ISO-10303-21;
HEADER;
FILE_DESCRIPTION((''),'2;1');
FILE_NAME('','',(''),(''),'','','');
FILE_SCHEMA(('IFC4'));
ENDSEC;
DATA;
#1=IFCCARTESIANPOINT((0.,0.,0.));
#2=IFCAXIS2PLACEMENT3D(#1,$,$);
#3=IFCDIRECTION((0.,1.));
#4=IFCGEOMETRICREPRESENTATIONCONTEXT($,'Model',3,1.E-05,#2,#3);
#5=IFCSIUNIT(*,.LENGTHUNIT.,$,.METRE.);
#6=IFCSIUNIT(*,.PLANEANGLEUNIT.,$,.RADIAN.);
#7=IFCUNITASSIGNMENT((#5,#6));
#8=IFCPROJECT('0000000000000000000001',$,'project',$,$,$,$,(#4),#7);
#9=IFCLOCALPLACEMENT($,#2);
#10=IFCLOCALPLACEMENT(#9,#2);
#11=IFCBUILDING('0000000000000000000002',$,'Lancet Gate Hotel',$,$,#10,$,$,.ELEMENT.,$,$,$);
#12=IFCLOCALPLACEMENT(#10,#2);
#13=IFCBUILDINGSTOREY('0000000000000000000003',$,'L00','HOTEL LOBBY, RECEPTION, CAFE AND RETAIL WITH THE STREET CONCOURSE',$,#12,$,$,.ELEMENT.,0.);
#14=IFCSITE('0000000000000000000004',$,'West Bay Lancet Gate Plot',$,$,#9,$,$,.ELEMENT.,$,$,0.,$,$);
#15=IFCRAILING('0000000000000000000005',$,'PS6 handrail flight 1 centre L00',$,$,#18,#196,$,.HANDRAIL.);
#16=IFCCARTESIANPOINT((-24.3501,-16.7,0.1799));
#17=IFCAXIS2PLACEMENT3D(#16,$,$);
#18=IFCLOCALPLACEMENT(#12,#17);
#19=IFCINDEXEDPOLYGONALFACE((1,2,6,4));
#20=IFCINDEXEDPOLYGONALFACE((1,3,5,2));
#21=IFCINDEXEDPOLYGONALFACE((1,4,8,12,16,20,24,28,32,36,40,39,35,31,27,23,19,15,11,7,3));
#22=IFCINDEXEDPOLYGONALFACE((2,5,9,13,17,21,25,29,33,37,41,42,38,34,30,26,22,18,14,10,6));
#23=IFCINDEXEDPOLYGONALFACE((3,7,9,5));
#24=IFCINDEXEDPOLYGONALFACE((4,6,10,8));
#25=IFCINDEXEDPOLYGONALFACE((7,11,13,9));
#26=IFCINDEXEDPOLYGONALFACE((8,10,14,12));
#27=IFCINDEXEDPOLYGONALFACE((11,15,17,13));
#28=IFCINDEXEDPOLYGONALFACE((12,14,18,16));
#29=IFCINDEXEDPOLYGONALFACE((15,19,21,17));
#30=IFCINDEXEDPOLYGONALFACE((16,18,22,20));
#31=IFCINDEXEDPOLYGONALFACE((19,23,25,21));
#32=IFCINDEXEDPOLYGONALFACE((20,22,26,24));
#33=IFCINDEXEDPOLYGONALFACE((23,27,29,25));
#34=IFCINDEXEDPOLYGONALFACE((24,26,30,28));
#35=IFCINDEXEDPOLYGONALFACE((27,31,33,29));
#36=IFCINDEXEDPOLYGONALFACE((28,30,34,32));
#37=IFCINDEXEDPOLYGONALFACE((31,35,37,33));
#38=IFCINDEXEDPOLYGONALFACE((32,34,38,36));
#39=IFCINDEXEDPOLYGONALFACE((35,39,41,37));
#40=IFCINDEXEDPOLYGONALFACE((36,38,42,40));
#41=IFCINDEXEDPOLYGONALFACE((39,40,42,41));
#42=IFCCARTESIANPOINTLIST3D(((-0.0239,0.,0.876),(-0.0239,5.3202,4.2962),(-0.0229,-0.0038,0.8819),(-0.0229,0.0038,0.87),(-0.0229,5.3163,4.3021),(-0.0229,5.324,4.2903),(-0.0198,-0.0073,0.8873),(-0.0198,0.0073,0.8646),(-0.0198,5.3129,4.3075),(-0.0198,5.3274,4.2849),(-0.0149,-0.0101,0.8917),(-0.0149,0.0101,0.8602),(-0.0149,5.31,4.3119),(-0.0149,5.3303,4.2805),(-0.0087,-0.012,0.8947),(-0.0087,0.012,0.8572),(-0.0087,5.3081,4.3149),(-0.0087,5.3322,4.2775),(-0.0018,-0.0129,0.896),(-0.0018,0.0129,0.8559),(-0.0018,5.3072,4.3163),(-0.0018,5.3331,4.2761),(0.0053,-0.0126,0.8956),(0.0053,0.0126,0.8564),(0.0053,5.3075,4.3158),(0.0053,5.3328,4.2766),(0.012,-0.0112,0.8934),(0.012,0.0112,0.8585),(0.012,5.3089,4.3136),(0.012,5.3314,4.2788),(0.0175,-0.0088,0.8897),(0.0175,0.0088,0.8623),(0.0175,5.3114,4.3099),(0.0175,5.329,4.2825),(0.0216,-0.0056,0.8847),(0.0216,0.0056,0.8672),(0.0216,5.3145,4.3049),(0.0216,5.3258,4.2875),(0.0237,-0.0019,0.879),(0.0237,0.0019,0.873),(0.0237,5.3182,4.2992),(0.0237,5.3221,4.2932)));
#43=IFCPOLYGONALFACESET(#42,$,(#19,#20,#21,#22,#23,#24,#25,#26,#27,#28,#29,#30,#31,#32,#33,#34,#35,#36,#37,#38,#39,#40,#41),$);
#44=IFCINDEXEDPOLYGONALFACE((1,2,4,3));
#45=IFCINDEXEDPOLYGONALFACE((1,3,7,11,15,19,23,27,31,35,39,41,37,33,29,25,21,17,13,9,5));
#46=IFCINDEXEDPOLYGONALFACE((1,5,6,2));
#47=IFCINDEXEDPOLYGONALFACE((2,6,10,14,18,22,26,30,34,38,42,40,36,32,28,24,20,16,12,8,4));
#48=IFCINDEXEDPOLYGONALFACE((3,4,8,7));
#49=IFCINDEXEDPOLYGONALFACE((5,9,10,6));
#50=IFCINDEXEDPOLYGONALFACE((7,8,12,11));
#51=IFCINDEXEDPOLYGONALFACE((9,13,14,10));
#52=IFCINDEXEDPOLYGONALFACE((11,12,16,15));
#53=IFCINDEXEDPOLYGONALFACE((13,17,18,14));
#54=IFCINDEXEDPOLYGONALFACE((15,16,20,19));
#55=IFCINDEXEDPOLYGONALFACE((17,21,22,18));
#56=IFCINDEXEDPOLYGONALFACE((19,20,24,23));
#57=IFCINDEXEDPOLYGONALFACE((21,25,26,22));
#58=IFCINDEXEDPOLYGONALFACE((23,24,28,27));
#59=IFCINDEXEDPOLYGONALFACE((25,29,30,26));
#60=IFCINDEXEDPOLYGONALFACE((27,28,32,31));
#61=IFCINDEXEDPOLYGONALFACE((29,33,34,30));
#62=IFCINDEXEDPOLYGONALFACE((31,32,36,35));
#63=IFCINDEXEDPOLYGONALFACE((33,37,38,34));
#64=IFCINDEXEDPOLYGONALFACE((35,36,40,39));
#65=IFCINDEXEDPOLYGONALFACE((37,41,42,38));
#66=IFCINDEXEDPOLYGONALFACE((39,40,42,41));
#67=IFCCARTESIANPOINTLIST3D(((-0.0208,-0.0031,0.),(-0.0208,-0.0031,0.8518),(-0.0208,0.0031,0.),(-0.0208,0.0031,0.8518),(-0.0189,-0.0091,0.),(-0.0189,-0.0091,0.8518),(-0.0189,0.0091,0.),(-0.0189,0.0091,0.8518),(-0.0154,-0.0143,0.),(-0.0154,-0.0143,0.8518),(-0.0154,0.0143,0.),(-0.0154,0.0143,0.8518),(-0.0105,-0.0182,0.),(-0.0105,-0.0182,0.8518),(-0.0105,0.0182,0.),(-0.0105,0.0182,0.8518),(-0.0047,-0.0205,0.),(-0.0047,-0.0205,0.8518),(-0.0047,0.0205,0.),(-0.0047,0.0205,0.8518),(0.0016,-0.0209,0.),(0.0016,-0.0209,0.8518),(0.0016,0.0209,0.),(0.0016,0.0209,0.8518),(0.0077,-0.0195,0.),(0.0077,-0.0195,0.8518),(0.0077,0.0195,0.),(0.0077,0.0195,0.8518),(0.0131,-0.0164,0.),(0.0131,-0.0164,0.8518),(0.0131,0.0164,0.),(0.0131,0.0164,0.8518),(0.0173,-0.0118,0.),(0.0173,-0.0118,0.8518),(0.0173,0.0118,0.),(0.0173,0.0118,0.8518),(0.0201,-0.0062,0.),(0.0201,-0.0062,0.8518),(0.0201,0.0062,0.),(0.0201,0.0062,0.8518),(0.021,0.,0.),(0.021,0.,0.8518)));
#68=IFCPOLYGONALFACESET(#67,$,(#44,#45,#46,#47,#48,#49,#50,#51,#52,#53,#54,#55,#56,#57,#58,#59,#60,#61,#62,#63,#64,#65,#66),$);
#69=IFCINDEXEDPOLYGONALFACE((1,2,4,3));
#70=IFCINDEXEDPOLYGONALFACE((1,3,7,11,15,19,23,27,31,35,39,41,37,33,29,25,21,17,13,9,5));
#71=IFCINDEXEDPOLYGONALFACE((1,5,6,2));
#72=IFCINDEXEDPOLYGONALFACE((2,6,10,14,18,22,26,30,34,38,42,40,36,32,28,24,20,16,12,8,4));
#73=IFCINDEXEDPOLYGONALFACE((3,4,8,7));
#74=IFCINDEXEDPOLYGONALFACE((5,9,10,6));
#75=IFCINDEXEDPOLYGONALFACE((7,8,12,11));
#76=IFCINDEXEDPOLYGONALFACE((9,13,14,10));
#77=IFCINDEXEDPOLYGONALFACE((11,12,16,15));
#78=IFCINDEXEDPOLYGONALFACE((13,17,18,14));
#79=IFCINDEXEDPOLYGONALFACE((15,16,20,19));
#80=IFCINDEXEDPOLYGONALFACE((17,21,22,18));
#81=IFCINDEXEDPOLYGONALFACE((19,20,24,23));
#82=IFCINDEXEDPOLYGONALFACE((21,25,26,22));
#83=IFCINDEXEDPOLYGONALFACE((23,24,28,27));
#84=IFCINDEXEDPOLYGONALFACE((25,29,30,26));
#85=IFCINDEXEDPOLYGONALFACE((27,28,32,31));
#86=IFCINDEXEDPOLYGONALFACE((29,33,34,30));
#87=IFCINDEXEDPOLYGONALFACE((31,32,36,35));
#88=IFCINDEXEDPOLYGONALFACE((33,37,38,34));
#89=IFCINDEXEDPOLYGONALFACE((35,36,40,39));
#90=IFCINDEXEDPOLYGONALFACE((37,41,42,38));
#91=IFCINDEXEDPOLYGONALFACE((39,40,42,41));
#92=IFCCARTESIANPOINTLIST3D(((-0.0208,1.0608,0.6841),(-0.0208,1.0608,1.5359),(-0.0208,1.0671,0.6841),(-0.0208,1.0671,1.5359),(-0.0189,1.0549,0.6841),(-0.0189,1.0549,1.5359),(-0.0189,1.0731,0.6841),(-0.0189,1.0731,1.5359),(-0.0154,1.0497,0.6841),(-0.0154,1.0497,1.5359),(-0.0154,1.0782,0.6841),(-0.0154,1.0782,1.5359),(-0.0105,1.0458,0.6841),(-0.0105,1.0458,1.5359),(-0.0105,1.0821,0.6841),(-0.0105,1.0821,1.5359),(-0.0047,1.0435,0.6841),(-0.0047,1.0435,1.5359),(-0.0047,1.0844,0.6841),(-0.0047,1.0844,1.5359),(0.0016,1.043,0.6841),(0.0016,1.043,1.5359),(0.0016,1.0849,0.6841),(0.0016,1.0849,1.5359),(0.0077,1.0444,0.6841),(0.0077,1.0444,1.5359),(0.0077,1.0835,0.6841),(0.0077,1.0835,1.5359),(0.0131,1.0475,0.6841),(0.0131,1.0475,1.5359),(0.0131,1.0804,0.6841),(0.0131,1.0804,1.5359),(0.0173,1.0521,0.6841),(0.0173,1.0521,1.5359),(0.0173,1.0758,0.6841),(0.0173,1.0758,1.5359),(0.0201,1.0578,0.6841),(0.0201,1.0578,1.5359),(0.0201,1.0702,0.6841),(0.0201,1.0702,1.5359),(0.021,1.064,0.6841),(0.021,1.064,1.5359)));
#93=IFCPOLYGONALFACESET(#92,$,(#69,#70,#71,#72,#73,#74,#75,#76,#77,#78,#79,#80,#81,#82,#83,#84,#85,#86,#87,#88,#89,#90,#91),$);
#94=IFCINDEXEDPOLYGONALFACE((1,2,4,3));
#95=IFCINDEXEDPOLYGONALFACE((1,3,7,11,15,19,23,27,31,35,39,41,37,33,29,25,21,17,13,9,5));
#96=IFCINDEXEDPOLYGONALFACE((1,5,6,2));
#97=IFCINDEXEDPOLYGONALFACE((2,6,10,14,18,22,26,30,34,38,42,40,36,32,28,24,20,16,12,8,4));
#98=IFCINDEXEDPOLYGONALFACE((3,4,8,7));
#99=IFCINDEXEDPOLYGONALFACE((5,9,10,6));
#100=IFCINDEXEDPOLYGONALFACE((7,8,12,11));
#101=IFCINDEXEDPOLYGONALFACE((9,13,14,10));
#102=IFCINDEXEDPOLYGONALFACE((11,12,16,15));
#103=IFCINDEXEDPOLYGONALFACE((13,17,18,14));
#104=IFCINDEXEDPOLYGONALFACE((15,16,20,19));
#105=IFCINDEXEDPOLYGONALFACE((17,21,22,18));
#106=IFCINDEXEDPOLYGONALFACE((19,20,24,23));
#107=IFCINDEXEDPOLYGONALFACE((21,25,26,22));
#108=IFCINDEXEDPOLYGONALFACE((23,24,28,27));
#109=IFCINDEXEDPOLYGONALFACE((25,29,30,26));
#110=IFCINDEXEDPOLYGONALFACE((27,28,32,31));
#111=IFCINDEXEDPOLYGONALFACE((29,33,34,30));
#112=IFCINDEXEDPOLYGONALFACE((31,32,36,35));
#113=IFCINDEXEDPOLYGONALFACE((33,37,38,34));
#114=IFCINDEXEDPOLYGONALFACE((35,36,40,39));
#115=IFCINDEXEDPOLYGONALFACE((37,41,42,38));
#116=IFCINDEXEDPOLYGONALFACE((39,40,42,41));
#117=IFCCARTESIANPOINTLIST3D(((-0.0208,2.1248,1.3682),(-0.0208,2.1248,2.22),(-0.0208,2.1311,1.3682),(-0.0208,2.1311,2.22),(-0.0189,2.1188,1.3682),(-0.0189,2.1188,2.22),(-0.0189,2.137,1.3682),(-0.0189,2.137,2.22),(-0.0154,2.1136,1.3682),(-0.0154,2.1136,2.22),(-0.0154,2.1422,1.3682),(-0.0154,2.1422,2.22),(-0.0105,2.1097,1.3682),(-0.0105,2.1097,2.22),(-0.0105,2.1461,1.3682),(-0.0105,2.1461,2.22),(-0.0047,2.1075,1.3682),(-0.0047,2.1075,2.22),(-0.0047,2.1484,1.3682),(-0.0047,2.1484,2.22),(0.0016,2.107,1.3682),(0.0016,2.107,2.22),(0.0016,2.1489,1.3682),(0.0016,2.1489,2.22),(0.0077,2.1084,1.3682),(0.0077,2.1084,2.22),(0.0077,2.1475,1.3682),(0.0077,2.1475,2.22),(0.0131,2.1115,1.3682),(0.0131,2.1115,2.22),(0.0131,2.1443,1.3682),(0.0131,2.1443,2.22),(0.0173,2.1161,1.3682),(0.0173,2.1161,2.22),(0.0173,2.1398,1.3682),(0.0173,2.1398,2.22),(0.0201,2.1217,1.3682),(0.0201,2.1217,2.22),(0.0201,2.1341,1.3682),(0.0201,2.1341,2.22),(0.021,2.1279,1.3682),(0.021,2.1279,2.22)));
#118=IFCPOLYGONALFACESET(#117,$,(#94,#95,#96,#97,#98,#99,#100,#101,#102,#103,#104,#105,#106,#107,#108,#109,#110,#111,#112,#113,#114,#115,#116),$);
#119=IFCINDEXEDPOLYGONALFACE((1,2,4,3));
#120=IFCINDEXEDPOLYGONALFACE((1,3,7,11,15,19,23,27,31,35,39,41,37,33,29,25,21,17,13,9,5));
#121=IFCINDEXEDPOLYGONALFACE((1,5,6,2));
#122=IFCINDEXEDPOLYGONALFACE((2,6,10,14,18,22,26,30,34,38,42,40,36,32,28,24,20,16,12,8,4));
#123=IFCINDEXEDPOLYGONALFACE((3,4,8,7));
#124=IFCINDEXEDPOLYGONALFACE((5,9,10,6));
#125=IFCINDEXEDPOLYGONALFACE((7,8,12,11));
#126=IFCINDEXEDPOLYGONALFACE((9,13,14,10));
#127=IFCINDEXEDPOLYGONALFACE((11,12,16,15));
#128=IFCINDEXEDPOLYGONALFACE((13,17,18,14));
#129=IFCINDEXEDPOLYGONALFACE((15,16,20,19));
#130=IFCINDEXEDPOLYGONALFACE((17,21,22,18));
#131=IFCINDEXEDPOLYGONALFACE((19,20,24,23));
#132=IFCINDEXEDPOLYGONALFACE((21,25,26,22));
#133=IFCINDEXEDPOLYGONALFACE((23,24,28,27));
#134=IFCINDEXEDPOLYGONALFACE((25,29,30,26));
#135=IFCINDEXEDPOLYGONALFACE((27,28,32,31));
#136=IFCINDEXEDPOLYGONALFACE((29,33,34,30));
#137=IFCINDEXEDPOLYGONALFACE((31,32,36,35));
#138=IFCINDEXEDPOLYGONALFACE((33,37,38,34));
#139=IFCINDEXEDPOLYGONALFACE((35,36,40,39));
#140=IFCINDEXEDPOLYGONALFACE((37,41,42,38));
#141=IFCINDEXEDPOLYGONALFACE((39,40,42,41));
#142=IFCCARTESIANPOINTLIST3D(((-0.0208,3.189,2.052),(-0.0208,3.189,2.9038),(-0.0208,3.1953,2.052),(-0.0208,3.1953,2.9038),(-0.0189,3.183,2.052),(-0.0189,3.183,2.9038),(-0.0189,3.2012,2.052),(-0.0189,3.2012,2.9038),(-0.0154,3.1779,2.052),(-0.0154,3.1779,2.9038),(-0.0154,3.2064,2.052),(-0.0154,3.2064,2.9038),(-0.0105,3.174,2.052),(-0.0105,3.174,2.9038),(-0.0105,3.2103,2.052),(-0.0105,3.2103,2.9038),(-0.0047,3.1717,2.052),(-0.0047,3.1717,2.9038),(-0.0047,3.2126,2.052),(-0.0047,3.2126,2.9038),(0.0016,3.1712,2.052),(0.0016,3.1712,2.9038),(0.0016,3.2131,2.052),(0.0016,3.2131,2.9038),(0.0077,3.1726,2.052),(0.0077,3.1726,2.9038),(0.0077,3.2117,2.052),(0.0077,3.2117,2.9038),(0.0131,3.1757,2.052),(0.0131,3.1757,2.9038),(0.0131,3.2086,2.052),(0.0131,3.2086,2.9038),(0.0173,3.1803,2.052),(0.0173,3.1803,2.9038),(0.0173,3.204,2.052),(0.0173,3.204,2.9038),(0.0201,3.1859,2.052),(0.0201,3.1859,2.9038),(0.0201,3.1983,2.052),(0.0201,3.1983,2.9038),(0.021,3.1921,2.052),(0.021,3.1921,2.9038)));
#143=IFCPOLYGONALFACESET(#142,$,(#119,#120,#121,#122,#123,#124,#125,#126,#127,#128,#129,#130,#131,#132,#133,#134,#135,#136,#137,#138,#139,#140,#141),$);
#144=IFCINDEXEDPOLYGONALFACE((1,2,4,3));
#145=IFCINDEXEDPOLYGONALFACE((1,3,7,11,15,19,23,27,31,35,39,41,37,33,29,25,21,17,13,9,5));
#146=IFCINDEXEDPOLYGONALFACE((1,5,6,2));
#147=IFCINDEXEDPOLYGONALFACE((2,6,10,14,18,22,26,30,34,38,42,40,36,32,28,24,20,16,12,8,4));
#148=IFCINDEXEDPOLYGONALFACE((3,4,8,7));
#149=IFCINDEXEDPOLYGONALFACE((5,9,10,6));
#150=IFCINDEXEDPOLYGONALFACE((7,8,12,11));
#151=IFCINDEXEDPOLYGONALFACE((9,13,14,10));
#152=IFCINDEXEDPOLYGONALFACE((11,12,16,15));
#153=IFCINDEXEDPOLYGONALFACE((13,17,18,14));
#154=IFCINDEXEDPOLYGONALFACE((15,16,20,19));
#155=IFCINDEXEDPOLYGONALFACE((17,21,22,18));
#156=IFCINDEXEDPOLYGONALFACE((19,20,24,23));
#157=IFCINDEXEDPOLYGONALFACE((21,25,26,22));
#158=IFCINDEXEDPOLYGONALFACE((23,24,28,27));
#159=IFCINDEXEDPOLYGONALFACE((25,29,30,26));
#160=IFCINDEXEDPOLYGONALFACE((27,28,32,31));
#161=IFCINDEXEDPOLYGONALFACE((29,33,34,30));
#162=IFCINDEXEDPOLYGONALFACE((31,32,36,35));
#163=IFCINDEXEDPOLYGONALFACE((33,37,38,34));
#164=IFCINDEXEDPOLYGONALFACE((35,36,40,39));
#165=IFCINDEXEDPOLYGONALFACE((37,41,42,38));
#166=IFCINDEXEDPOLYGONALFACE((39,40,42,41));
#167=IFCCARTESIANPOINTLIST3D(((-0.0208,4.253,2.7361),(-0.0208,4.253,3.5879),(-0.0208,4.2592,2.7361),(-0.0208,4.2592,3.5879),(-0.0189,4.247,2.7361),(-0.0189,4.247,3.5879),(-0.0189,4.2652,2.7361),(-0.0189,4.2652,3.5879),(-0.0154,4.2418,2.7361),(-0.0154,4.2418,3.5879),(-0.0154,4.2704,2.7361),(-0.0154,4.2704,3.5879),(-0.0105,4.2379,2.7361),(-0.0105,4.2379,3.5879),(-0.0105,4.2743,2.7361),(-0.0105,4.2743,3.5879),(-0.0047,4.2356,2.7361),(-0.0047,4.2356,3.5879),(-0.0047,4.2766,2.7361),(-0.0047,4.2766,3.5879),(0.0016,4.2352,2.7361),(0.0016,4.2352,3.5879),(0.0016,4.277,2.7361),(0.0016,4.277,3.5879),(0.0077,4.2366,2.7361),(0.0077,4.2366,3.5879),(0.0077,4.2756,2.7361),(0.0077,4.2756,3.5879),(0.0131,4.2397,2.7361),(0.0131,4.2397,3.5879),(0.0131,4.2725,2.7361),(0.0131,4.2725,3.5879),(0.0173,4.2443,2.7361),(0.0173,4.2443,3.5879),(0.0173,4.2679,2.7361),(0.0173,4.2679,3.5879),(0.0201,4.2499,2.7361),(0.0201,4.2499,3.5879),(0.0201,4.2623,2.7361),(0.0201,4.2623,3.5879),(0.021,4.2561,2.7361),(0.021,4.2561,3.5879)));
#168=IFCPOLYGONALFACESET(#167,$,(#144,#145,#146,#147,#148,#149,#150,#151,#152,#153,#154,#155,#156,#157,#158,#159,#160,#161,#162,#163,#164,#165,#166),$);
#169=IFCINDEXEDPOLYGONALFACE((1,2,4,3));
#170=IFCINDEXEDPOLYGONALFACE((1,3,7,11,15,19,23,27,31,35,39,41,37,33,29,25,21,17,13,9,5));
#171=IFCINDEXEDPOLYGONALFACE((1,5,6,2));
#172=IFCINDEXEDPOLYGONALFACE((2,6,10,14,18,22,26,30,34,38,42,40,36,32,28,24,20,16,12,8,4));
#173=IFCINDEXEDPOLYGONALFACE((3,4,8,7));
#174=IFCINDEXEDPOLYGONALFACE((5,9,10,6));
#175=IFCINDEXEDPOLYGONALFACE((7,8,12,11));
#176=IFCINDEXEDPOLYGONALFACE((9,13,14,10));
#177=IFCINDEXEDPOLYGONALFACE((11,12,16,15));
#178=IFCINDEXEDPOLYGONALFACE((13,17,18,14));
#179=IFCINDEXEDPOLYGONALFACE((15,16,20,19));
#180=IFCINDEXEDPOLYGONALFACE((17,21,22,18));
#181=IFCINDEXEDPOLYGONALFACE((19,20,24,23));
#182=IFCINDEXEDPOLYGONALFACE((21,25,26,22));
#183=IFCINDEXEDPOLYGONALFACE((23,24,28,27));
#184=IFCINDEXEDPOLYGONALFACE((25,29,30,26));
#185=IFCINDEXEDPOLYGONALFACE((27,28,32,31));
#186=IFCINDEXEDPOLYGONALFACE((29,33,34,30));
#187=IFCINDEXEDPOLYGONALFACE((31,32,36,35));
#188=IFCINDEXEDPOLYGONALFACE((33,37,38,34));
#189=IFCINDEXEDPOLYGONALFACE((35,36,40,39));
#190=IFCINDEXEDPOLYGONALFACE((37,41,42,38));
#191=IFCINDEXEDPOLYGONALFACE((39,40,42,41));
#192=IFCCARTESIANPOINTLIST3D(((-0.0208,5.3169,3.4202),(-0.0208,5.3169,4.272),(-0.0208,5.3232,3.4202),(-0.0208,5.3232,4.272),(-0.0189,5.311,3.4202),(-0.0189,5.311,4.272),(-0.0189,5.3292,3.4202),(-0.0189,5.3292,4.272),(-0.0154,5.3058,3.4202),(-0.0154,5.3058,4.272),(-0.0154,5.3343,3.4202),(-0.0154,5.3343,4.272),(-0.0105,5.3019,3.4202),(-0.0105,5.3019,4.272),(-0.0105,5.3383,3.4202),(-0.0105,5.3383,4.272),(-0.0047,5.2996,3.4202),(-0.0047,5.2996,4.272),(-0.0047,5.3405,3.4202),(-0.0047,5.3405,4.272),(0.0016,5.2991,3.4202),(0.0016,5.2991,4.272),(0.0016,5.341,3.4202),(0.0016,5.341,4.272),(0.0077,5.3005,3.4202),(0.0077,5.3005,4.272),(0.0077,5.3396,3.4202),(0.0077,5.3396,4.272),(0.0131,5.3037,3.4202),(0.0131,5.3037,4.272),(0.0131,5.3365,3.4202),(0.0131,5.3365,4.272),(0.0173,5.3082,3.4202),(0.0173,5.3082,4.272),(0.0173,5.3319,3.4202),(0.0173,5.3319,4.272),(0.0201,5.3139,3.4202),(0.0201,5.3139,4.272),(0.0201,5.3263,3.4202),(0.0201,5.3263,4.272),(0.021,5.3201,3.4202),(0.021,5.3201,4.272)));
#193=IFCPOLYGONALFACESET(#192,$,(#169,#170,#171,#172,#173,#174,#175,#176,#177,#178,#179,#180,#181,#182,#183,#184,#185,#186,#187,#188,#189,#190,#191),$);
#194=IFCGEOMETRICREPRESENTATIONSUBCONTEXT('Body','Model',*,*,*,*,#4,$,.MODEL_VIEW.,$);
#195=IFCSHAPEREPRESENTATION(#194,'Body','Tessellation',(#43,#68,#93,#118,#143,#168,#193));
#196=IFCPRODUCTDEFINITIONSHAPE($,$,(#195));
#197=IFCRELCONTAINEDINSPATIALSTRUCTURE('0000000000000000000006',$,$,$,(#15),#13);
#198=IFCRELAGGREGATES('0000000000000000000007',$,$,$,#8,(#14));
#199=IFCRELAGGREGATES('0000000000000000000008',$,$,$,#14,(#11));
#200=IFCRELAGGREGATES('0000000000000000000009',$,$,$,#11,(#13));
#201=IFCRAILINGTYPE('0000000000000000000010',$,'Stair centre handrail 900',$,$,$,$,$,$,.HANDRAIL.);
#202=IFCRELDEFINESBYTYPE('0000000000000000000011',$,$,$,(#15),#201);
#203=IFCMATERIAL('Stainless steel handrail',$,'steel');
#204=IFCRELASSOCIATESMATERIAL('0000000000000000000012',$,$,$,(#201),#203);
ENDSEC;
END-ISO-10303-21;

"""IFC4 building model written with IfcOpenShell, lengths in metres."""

from ifc_helpers import new_model, si_unit, direction, frame, origin, origin_2d, place, context, subcontext, project, spatial, circle, extrude, material, type_object, element, save


model = new_model("IFC4")

# Units and contexts
model_context = context("Model", 3, precision=1e-05, world=origin(), true_north=direction((0.0, 1.0)))
body_context = subcontext(model_context, "Body", "Model", "MODEL_VIEW")
ifc_project = project(units=[si_unit("LENGTHUNIT", "METRE"), si_unit("PLANEANGLEUNIT", "RADIAN")], contexts=[model_context])

# Site, building, storey
site_placement = place(None, origin())
site = spatial("IfcSite", under=ifc_project, at=site_placement, Name="West Bay Lancet Gate Plot", CompositionType="ELEMENT", RefElevation=0.0)
building_placement = place(site_placement, origin())
building = spatial("IfcBuilding", under=site, at=building_placement, Name="Lancet Gate Hotel", CompositionType="ELEMENT")
storey_placement = place(building_placement, origin())
storey = spatial("IfcBuildingStorey", under=building, at=storey_placement, Name="L00", Description="HOTEL LOBBY, RECEPTION, CAFE AND RETAIL WITH THE STREET CONCOURSE", CompositionType="ELEMENT", Elevation=0.0)

# Railing
ifc_material_1 = material(Name="Stainless steel handrail", Category="steel")
railing_type_1 = type_object("IfcRailingType", Name="Stair centre handrail 900", PredefinedType="HANDRAIL", material=ifc_material_1)
railing_1_placement = place(storey_placement, frame((-24.3501, -16.7, 0.1799)))
element("IfcRailing", 1, at=railing_1_placement, inside=storey, type_object=railing_type_1, Name="PS6 handrail flight 1 centre L00", PredefinedType="HANDRAIL", context=body_context, shape_type="SweptSolid", body=[
    extrude(circle(Radius=0.0239, at=origin_2d()), frame((0.0, 0.0, 0.876), z_axis=(0.0, 0.84117, 0.540771), x_axis=(-1.0, 0.0, 0.0)), (0.0, 0.0, 1.0), 6.3247),
    extrude(circle(Radius=0.021, at=origin_2d()), origin(), (0.0, 0.0, 1.0), 0.8518),
    extrude(circle(Radius=0.021, at=origin_2d()), frame((0.0, 1.064, 0.6841)), (0.0, 0.0, 1.0), 0.8518),
    extrude(circle(Radius=0.021, at=origin_2d()), frame((0.0, 2.1279, 1.3682)), (0.0, 0.0, 1.0), 0.8518),
    extrude(circle(Radius=0.021, at=origin_2d()), frame((0.0, 3.1921, 2.052)), (0.0, 0.0, 1.0), 0.8518),
    extrude(circle(Radius=0.021, at=origin_2d()), frame((0.0, 4.2561, 2.7361)), (0.0, 0.0, 1.0), 0.8518),
    extrude(circle(Radius=0.021, at=origin_2d()), frame((0.0, 5.3201, 3.4202)), (0.0, 0.0, 1.0), 0.8518),
])

save(model, "model.ifc")
